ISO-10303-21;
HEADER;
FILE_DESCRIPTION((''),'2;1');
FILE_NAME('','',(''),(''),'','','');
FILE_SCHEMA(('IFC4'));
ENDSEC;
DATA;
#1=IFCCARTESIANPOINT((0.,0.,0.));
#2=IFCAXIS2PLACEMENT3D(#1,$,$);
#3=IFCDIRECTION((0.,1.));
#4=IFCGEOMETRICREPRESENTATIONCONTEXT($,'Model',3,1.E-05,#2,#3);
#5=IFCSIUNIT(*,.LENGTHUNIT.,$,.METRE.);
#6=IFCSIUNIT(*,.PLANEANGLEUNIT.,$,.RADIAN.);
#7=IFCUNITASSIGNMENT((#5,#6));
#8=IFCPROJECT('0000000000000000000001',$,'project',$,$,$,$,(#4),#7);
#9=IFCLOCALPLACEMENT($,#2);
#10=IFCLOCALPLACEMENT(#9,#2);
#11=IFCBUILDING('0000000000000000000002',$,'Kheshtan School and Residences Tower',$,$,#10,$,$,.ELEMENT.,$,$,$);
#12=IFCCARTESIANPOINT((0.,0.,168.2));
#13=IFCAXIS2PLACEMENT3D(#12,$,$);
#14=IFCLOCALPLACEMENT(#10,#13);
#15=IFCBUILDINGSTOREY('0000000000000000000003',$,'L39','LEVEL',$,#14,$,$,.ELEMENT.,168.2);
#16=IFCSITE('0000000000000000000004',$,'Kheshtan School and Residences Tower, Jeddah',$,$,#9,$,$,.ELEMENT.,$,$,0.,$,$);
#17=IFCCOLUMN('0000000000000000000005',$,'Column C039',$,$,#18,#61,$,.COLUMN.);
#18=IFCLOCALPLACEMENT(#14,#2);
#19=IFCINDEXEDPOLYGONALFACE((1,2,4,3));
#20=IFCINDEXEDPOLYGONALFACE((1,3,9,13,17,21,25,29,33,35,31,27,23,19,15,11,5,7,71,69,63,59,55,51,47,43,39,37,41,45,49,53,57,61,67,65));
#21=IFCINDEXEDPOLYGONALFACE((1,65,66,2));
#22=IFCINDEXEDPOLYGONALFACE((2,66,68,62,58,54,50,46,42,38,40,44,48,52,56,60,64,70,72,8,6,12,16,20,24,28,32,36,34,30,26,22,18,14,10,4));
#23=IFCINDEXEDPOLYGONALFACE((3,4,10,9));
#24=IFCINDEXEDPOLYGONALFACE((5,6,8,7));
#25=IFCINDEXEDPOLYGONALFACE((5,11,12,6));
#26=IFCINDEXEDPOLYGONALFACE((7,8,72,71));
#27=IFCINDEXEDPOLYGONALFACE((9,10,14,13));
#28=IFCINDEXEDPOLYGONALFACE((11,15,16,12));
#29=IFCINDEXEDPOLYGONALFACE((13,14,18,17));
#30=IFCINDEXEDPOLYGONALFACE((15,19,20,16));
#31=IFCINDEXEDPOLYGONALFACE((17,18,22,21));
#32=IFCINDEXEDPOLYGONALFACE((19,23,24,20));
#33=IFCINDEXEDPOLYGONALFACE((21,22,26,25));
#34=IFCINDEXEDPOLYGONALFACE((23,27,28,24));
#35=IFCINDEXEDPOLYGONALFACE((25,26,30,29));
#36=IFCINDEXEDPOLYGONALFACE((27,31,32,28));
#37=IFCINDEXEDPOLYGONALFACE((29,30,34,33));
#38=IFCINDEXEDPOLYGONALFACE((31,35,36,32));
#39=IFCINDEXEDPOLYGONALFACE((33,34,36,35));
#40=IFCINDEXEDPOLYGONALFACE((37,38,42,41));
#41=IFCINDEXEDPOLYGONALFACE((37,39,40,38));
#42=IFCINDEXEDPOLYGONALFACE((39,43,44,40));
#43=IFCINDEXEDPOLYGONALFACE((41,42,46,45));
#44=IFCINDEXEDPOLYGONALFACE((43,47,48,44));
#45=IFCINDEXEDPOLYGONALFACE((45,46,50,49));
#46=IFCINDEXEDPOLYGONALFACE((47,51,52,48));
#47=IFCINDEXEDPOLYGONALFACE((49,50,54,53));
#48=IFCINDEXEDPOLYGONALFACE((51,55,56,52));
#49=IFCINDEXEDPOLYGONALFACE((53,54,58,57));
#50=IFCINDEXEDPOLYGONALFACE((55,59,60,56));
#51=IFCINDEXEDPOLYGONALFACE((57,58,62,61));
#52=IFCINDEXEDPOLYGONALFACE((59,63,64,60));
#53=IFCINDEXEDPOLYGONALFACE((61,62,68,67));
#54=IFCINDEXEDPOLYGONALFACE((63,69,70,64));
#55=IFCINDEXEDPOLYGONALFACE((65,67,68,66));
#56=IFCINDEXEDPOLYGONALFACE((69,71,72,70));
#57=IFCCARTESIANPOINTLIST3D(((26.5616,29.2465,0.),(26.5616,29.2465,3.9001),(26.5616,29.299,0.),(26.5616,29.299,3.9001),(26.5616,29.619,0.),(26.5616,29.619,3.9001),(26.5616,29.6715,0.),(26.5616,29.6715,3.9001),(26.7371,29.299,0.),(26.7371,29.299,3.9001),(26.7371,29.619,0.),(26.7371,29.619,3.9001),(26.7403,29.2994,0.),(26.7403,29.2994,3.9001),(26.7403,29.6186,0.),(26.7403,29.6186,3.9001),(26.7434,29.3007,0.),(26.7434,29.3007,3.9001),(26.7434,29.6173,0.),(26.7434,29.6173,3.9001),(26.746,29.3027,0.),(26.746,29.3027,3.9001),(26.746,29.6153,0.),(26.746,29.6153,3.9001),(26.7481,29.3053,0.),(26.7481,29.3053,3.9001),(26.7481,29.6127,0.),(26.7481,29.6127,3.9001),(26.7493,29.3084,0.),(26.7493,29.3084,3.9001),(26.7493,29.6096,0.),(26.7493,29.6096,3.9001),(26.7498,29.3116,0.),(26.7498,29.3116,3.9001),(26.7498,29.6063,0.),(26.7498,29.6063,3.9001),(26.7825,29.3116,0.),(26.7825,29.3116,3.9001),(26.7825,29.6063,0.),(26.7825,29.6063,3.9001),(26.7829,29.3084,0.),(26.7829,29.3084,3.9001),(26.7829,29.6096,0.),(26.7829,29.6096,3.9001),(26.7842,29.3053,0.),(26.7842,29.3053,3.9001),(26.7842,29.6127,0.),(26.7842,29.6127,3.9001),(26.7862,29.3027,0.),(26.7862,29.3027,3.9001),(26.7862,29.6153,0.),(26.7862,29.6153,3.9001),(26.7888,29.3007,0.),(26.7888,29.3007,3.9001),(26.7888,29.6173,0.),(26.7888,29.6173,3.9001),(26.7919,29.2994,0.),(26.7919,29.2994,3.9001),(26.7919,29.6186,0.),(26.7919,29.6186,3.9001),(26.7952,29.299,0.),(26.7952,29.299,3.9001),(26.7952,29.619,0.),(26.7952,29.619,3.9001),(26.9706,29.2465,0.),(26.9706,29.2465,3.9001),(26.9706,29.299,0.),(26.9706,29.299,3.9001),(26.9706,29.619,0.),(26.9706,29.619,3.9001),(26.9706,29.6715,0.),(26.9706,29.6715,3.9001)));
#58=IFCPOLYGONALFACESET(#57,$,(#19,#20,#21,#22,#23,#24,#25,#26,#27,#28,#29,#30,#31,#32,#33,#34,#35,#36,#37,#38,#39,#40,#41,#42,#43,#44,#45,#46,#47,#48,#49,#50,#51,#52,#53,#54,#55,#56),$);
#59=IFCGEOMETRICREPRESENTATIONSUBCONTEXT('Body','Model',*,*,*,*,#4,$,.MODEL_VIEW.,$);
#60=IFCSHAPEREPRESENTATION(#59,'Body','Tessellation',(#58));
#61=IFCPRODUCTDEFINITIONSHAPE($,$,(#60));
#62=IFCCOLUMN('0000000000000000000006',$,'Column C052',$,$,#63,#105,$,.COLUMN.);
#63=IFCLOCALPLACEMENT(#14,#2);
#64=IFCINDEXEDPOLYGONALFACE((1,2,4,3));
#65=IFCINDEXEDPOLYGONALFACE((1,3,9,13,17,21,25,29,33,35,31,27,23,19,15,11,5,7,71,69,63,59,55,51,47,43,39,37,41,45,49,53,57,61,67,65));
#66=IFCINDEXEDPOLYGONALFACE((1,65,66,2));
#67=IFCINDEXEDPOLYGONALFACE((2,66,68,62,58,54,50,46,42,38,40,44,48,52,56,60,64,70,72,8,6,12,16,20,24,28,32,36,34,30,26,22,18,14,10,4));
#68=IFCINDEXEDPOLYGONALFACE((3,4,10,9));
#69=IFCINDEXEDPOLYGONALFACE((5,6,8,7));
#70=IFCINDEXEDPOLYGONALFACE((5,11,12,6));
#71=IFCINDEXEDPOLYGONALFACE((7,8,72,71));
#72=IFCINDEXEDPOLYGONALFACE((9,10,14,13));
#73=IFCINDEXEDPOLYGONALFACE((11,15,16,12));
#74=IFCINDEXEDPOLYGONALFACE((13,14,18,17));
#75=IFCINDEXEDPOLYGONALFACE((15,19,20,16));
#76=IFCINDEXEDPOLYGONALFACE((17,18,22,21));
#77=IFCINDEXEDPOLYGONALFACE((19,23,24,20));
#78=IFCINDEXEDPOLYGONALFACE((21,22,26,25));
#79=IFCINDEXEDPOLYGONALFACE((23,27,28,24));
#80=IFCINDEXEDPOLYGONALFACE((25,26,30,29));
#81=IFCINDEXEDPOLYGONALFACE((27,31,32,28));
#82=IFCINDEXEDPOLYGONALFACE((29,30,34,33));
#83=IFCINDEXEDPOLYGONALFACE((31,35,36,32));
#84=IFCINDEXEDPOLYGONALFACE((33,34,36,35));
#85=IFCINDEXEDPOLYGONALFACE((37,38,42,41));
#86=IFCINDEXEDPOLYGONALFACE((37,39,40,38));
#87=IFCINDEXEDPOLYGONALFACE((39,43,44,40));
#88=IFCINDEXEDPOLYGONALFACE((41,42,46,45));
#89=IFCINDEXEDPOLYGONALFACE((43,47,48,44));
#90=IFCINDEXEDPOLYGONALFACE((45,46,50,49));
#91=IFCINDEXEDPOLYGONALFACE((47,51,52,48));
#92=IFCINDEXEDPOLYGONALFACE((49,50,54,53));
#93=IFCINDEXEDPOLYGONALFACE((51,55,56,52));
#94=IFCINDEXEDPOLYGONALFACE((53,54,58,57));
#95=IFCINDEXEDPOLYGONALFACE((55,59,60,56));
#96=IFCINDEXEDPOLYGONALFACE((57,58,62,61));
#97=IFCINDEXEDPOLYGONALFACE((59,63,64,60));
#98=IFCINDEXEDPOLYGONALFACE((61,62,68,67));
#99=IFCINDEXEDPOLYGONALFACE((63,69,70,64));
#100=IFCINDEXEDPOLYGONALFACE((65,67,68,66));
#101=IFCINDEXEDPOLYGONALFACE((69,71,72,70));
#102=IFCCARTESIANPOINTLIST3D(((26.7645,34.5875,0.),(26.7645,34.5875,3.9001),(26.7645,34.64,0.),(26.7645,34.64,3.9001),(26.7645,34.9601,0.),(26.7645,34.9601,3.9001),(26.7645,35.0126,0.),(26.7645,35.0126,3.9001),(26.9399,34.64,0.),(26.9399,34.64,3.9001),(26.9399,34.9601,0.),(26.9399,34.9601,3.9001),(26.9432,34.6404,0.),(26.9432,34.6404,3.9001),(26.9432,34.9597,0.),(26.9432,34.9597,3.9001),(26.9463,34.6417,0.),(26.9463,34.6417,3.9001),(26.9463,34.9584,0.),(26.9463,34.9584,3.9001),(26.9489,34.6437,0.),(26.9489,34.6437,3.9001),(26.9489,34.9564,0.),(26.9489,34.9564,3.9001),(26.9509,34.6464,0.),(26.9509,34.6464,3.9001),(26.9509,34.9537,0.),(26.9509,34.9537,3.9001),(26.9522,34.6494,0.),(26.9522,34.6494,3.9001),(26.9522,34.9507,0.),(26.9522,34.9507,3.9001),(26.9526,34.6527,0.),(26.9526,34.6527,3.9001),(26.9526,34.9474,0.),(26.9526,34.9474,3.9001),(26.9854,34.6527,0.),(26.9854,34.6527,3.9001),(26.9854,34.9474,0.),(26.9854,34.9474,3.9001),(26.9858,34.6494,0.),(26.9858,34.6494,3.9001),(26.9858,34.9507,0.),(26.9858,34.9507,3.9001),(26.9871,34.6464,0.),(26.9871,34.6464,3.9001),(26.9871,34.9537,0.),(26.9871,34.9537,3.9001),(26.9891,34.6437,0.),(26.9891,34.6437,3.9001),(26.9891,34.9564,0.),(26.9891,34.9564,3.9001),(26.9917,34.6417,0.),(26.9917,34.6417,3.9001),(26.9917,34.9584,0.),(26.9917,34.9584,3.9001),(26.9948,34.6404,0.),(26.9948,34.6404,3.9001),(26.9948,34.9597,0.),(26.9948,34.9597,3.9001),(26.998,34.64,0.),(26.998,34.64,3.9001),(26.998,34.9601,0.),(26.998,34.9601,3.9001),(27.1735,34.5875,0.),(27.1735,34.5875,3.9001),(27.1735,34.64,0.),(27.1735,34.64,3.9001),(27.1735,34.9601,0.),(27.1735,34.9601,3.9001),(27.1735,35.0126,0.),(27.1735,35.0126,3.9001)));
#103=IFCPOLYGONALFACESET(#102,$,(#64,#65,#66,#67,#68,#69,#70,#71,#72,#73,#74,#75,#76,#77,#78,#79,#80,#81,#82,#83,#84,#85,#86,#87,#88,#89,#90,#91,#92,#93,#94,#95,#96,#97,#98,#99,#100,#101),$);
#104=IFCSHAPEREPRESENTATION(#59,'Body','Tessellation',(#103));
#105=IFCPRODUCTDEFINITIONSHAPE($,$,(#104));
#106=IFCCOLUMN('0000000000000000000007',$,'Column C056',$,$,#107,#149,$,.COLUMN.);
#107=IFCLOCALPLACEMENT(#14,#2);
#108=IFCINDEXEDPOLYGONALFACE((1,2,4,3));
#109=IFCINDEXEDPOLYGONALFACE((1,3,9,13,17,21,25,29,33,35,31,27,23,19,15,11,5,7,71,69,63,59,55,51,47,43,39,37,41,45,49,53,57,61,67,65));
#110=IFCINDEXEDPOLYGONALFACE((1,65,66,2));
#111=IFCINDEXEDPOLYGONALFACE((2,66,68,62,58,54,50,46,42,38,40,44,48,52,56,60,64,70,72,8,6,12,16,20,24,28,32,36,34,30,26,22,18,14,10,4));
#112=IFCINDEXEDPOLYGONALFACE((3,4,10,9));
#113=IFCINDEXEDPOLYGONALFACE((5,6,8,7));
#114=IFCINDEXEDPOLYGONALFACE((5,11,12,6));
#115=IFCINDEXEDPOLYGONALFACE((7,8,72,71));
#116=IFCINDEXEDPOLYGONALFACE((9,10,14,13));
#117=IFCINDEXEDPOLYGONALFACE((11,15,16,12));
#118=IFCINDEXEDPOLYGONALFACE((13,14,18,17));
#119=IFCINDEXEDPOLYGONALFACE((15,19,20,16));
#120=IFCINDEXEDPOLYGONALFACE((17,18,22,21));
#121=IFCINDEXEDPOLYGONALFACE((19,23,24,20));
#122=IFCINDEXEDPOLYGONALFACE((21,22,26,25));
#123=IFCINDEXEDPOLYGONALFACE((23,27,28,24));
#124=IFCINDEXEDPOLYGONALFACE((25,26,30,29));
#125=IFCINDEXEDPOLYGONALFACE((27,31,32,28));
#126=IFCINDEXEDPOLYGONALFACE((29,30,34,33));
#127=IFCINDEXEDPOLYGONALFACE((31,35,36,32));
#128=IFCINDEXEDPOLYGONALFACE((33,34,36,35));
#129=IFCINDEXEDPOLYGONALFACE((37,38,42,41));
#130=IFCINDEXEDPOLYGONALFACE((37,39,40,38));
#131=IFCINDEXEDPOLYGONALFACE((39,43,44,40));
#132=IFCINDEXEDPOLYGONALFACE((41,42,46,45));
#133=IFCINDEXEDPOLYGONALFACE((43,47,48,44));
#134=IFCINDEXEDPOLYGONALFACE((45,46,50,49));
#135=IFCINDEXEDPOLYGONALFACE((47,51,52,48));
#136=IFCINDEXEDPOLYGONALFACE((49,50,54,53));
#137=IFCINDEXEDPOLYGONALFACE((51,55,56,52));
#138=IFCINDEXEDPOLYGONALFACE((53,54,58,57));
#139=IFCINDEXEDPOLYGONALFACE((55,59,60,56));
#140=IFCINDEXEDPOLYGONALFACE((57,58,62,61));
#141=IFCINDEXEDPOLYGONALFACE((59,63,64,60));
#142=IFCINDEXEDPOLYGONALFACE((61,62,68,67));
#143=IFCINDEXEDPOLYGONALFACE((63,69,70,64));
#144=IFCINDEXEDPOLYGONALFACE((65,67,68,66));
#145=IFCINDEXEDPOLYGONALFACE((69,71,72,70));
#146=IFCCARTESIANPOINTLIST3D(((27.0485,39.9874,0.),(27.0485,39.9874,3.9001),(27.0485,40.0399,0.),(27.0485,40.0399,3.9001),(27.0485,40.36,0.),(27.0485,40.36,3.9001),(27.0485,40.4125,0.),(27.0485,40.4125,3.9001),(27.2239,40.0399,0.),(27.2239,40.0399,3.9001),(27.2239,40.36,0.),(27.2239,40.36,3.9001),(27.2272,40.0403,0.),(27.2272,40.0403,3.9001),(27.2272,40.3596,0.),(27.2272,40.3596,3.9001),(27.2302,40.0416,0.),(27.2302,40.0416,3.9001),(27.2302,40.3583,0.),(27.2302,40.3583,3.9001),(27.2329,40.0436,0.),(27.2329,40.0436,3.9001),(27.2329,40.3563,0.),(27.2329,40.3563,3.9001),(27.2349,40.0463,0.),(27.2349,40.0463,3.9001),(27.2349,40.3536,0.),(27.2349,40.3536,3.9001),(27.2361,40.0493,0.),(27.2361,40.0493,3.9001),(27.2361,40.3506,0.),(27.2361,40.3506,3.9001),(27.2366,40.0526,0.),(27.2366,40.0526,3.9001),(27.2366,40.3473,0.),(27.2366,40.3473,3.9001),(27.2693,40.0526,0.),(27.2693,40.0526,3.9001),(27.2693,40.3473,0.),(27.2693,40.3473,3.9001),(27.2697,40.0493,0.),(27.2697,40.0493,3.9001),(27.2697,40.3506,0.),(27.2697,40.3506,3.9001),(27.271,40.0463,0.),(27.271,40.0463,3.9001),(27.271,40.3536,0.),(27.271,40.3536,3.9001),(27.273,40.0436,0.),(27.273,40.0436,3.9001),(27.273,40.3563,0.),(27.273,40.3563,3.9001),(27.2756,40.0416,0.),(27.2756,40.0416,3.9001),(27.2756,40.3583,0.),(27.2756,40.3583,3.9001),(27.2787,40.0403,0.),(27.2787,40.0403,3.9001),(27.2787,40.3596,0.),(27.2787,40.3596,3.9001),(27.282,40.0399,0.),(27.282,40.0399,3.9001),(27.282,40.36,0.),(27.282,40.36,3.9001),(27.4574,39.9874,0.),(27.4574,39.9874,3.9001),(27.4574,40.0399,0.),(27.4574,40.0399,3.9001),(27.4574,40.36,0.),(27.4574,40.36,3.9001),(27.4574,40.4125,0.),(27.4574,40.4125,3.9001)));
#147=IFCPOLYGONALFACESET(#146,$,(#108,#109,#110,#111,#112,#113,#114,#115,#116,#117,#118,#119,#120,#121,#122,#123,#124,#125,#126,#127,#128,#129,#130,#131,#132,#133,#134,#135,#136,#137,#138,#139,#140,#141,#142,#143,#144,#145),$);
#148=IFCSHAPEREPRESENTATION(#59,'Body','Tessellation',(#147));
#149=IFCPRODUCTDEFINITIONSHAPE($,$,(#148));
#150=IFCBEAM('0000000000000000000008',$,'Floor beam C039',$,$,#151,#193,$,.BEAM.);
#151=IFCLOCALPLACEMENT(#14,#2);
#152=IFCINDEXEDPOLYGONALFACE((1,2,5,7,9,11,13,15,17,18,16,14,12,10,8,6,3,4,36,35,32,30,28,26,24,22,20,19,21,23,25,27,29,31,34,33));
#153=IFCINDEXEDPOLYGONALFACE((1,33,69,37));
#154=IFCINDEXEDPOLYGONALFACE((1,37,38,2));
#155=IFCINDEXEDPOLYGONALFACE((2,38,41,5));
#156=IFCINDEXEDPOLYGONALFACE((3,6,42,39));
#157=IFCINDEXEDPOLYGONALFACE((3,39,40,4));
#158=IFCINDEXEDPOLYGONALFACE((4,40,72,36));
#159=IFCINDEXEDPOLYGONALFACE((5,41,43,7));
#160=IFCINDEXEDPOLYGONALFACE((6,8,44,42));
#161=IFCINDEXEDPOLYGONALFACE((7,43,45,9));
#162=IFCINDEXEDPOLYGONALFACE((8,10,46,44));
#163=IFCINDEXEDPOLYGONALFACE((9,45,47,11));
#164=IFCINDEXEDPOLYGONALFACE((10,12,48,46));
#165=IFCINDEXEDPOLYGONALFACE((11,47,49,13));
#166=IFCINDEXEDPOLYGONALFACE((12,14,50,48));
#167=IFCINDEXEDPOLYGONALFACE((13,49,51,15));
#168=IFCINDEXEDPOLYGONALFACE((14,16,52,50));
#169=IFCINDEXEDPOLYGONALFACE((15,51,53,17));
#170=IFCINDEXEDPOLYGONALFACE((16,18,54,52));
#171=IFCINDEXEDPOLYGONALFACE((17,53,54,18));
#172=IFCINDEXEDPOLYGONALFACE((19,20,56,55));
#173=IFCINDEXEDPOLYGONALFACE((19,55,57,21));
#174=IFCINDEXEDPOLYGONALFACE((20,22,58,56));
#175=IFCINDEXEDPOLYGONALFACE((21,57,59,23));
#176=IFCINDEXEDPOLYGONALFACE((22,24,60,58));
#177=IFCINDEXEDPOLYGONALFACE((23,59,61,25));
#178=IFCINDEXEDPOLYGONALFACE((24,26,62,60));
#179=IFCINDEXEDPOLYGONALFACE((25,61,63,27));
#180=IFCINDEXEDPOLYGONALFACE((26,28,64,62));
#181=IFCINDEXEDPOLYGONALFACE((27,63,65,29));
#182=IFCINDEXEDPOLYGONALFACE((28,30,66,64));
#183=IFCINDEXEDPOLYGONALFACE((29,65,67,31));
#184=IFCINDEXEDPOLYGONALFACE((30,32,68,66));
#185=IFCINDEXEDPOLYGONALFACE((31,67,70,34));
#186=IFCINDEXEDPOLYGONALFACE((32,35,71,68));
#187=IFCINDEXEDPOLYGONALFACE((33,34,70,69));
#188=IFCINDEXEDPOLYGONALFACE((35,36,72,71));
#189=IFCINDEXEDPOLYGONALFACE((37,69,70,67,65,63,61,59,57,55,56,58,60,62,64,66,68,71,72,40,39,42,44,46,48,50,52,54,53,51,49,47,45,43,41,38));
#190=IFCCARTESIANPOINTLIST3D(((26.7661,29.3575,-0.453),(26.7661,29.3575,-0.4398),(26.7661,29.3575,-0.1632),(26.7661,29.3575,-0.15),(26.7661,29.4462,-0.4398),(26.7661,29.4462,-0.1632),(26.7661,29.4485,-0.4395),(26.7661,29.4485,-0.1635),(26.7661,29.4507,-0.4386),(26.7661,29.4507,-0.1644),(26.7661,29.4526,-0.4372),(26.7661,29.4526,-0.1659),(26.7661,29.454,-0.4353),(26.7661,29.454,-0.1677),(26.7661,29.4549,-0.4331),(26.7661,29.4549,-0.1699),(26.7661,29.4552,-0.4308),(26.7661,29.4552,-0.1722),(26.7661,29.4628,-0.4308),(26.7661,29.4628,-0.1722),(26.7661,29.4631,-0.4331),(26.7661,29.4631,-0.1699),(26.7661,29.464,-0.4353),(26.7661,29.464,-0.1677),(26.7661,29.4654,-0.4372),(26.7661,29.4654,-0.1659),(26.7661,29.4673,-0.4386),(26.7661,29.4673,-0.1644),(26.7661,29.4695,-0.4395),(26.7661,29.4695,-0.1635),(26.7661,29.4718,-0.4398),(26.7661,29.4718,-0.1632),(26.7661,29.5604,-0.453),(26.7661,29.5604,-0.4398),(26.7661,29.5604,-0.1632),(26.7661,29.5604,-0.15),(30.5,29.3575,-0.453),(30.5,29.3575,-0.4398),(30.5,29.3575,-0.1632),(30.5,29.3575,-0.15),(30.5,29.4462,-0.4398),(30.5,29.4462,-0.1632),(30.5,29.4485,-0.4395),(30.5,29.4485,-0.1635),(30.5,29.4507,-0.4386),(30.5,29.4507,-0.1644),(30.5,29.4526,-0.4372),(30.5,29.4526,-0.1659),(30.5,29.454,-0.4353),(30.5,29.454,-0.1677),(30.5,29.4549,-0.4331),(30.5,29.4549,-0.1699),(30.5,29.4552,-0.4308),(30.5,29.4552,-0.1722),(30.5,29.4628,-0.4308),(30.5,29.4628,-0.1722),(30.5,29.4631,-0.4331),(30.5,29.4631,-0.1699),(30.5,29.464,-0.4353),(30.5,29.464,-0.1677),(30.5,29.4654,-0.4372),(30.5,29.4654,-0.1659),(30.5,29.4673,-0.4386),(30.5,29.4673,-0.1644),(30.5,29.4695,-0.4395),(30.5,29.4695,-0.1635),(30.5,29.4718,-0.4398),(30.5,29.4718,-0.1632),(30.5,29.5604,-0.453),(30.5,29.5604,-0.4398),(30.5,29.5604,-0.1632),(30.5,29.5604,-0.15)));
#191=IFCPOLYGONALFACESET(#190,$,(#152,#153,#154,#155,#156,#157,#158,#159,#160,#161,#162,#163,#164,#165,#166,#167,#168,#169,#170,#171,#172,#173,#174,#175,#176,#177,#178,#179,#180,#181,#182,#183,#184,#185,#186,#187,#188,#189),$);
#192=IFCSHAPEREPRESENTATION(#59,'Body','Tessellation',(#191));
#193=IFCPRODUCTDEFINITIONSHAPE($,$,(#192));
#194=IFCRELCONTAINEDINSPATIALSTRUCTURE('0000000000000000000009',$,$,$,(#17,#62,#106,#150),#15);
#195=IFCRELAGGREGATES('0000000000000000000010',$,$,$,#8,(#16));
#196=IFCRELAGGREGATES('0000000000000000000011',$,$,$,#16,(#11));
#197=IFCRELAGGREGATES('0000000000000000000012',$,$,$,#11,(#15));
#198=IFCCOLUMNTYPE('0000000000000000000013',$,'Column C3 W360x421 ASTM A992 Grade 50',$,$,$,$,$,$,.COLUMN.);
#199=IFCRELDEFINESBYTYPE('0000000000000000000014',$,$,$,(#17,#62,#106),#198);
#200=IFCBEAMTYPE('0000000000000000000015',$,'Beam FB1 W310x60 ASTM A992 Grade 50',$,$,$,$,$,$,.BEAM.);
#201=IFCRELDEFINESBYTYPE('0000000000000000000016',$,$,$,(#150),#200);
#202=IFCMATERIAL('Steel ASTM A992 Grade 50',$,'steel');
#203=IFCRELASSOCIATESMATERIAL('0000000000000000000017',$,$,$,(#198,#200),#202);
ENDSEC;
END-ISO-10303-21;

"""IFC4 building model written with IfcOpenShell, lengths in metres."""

from ifc_helpers import new_model, si_unit, direction, frame, origin, origin_2d, place, context, subcontext, project, spatial, i_section, extrude, material, material_profile, profile_set, type_object, element, save


model = new_model("IFC4")

# Units and contexts
model_context = context("Model", 3, precision=1e-05, world=origin(), true_north=direction((0.0, 1.0)))
body_context = subcontext(model_context, "Body", "Model", "MODEL_VIEW")
ifc_project = project(units=[si_unit("LENGTHUNIT", "METRE"), si_unit("PLANEANGLEUNIT", "RADIAN")], contexts=[model_context])

# Site, building, storey
site_placement = place(None, origin())
site = spatial("IfcSite", under=ifc_project, at=site_placement, Name="Kheshtan School and Residences Tower, Jeddah", CompositionType="ELEMENT", RefElevation=0.0)
building_placement = place(site_placement, origin())
building = spatial("IfcBuilding", under=site, at=building_placement, Name="Kheshtan School and Residences Tower", CompositionType="ELEMENT")
storey_placement = place(building_placement, frame((0.0, 0.0, 168.2)))
storey = spatial("IfcBuildingStorey", under=building, at=storey_placement, Name="L39", Description="LEVEL", CompositionType="ELEMENT", Elevation=168.2)

# Columns
ifc_material_1 = material(Name="Steel ASTM A992 Grade 50", Category="steel")
ifc_material_profile_1 = material_profile(ifc_material_1, i_section(OverallWidth=0.4089, OverallDepth=0.425, WebThickness=0.0327, FlangeThickness=0.0525, FilletRadius=0.0127, at=origin_2d()), Name="W360x421")
ifc_profile_set_1 = profile_set([ifc_material_profile_1], Name="Steel ASTM A992 Grade 50")
column_type = type_object("IfcColumnType", Name="Column C3 W360x421 ASTM A992 Grade 50", PredefinedType="COLUMN", material=ifc_profile_set_1)
for number, where, z_axis, x_axis, name in (
    (1, (26.7661, 29.459, 0.0), (0.0, 0.0, 1.0), (1.0, 0.0, 0.0), "Column C039"),
    (2, (26.969, 34.8, 0.0), (0.0, 0.0, 1.0), (1.0, 0.0, 0.0), "Column C052"),
    (3, (27.2529, 40.2, 0.0), (0.0, 0.0, 1.0), (1.0, 0.0, 0.0), "Column C056"),
):
    element("IfcColumn", number, at=place(storey_placement, frame(where, z_axis=z_axis, x_axis=x_axis)), inside=storey, type_object=column_type, Name=name, PredefinedType="COLUMN", context=body_context, shape_type="SweptSolid", body=[
        extrude(i_section(OverallWidth=0.4089, OverallDepth=0.425, WebThickness=0.0327, FlangeThickness=0.0525, FilletRadius=0.0127, at=origin_2d()), origin(), (0.0, 0.0, 1.0), 3.9001),
    ])

# Beam
ifc_material_profile_2 = material_profile(ifc_material_1, i_section(OverallWidth=0.2029, OverallDepth=0.303, WebThickness=0.0076, FlangeThickness=0.0132, FilletRadius=0.009, at=origin_2d()), Name="W310x60")
ifc_profile_set_2 = profile_set([ifc_material_profile_2], Name="Steel ASTM A992 Grade 50")
beam_type_1 = type_object("IfcBeamType", Name="Beam FB1 W310x60 ASTM A992 Grade 50", PredefinedType="BEAM", material=ifc_profile_set_2)
beam_1_placement = place(storey_placement, frame((26.7661, 29.459, -0.3015), z_axis=(1.0, 0.0, 0.0), x_axis=(0.0, 1.0, 0.0)))
element("IfcBeam", 4, at=beam_1_placement, inside=storey, type_object=beam_type_1, Name="Floor beam C039", PredefinedType="BEAM", context=body_context, shape_type="SweptSolid", body=[
    extrude(i_section(OverallWidth=0.2029, OverallDepth=0.303, WebThickness=0.0076, FlangeThickness=0.0132, FilletRadius=0.009, at=origin_2d()), origin(), (0.0, 0.0, 1.0), 3.7339),
])

save(model, "model.ifc")
